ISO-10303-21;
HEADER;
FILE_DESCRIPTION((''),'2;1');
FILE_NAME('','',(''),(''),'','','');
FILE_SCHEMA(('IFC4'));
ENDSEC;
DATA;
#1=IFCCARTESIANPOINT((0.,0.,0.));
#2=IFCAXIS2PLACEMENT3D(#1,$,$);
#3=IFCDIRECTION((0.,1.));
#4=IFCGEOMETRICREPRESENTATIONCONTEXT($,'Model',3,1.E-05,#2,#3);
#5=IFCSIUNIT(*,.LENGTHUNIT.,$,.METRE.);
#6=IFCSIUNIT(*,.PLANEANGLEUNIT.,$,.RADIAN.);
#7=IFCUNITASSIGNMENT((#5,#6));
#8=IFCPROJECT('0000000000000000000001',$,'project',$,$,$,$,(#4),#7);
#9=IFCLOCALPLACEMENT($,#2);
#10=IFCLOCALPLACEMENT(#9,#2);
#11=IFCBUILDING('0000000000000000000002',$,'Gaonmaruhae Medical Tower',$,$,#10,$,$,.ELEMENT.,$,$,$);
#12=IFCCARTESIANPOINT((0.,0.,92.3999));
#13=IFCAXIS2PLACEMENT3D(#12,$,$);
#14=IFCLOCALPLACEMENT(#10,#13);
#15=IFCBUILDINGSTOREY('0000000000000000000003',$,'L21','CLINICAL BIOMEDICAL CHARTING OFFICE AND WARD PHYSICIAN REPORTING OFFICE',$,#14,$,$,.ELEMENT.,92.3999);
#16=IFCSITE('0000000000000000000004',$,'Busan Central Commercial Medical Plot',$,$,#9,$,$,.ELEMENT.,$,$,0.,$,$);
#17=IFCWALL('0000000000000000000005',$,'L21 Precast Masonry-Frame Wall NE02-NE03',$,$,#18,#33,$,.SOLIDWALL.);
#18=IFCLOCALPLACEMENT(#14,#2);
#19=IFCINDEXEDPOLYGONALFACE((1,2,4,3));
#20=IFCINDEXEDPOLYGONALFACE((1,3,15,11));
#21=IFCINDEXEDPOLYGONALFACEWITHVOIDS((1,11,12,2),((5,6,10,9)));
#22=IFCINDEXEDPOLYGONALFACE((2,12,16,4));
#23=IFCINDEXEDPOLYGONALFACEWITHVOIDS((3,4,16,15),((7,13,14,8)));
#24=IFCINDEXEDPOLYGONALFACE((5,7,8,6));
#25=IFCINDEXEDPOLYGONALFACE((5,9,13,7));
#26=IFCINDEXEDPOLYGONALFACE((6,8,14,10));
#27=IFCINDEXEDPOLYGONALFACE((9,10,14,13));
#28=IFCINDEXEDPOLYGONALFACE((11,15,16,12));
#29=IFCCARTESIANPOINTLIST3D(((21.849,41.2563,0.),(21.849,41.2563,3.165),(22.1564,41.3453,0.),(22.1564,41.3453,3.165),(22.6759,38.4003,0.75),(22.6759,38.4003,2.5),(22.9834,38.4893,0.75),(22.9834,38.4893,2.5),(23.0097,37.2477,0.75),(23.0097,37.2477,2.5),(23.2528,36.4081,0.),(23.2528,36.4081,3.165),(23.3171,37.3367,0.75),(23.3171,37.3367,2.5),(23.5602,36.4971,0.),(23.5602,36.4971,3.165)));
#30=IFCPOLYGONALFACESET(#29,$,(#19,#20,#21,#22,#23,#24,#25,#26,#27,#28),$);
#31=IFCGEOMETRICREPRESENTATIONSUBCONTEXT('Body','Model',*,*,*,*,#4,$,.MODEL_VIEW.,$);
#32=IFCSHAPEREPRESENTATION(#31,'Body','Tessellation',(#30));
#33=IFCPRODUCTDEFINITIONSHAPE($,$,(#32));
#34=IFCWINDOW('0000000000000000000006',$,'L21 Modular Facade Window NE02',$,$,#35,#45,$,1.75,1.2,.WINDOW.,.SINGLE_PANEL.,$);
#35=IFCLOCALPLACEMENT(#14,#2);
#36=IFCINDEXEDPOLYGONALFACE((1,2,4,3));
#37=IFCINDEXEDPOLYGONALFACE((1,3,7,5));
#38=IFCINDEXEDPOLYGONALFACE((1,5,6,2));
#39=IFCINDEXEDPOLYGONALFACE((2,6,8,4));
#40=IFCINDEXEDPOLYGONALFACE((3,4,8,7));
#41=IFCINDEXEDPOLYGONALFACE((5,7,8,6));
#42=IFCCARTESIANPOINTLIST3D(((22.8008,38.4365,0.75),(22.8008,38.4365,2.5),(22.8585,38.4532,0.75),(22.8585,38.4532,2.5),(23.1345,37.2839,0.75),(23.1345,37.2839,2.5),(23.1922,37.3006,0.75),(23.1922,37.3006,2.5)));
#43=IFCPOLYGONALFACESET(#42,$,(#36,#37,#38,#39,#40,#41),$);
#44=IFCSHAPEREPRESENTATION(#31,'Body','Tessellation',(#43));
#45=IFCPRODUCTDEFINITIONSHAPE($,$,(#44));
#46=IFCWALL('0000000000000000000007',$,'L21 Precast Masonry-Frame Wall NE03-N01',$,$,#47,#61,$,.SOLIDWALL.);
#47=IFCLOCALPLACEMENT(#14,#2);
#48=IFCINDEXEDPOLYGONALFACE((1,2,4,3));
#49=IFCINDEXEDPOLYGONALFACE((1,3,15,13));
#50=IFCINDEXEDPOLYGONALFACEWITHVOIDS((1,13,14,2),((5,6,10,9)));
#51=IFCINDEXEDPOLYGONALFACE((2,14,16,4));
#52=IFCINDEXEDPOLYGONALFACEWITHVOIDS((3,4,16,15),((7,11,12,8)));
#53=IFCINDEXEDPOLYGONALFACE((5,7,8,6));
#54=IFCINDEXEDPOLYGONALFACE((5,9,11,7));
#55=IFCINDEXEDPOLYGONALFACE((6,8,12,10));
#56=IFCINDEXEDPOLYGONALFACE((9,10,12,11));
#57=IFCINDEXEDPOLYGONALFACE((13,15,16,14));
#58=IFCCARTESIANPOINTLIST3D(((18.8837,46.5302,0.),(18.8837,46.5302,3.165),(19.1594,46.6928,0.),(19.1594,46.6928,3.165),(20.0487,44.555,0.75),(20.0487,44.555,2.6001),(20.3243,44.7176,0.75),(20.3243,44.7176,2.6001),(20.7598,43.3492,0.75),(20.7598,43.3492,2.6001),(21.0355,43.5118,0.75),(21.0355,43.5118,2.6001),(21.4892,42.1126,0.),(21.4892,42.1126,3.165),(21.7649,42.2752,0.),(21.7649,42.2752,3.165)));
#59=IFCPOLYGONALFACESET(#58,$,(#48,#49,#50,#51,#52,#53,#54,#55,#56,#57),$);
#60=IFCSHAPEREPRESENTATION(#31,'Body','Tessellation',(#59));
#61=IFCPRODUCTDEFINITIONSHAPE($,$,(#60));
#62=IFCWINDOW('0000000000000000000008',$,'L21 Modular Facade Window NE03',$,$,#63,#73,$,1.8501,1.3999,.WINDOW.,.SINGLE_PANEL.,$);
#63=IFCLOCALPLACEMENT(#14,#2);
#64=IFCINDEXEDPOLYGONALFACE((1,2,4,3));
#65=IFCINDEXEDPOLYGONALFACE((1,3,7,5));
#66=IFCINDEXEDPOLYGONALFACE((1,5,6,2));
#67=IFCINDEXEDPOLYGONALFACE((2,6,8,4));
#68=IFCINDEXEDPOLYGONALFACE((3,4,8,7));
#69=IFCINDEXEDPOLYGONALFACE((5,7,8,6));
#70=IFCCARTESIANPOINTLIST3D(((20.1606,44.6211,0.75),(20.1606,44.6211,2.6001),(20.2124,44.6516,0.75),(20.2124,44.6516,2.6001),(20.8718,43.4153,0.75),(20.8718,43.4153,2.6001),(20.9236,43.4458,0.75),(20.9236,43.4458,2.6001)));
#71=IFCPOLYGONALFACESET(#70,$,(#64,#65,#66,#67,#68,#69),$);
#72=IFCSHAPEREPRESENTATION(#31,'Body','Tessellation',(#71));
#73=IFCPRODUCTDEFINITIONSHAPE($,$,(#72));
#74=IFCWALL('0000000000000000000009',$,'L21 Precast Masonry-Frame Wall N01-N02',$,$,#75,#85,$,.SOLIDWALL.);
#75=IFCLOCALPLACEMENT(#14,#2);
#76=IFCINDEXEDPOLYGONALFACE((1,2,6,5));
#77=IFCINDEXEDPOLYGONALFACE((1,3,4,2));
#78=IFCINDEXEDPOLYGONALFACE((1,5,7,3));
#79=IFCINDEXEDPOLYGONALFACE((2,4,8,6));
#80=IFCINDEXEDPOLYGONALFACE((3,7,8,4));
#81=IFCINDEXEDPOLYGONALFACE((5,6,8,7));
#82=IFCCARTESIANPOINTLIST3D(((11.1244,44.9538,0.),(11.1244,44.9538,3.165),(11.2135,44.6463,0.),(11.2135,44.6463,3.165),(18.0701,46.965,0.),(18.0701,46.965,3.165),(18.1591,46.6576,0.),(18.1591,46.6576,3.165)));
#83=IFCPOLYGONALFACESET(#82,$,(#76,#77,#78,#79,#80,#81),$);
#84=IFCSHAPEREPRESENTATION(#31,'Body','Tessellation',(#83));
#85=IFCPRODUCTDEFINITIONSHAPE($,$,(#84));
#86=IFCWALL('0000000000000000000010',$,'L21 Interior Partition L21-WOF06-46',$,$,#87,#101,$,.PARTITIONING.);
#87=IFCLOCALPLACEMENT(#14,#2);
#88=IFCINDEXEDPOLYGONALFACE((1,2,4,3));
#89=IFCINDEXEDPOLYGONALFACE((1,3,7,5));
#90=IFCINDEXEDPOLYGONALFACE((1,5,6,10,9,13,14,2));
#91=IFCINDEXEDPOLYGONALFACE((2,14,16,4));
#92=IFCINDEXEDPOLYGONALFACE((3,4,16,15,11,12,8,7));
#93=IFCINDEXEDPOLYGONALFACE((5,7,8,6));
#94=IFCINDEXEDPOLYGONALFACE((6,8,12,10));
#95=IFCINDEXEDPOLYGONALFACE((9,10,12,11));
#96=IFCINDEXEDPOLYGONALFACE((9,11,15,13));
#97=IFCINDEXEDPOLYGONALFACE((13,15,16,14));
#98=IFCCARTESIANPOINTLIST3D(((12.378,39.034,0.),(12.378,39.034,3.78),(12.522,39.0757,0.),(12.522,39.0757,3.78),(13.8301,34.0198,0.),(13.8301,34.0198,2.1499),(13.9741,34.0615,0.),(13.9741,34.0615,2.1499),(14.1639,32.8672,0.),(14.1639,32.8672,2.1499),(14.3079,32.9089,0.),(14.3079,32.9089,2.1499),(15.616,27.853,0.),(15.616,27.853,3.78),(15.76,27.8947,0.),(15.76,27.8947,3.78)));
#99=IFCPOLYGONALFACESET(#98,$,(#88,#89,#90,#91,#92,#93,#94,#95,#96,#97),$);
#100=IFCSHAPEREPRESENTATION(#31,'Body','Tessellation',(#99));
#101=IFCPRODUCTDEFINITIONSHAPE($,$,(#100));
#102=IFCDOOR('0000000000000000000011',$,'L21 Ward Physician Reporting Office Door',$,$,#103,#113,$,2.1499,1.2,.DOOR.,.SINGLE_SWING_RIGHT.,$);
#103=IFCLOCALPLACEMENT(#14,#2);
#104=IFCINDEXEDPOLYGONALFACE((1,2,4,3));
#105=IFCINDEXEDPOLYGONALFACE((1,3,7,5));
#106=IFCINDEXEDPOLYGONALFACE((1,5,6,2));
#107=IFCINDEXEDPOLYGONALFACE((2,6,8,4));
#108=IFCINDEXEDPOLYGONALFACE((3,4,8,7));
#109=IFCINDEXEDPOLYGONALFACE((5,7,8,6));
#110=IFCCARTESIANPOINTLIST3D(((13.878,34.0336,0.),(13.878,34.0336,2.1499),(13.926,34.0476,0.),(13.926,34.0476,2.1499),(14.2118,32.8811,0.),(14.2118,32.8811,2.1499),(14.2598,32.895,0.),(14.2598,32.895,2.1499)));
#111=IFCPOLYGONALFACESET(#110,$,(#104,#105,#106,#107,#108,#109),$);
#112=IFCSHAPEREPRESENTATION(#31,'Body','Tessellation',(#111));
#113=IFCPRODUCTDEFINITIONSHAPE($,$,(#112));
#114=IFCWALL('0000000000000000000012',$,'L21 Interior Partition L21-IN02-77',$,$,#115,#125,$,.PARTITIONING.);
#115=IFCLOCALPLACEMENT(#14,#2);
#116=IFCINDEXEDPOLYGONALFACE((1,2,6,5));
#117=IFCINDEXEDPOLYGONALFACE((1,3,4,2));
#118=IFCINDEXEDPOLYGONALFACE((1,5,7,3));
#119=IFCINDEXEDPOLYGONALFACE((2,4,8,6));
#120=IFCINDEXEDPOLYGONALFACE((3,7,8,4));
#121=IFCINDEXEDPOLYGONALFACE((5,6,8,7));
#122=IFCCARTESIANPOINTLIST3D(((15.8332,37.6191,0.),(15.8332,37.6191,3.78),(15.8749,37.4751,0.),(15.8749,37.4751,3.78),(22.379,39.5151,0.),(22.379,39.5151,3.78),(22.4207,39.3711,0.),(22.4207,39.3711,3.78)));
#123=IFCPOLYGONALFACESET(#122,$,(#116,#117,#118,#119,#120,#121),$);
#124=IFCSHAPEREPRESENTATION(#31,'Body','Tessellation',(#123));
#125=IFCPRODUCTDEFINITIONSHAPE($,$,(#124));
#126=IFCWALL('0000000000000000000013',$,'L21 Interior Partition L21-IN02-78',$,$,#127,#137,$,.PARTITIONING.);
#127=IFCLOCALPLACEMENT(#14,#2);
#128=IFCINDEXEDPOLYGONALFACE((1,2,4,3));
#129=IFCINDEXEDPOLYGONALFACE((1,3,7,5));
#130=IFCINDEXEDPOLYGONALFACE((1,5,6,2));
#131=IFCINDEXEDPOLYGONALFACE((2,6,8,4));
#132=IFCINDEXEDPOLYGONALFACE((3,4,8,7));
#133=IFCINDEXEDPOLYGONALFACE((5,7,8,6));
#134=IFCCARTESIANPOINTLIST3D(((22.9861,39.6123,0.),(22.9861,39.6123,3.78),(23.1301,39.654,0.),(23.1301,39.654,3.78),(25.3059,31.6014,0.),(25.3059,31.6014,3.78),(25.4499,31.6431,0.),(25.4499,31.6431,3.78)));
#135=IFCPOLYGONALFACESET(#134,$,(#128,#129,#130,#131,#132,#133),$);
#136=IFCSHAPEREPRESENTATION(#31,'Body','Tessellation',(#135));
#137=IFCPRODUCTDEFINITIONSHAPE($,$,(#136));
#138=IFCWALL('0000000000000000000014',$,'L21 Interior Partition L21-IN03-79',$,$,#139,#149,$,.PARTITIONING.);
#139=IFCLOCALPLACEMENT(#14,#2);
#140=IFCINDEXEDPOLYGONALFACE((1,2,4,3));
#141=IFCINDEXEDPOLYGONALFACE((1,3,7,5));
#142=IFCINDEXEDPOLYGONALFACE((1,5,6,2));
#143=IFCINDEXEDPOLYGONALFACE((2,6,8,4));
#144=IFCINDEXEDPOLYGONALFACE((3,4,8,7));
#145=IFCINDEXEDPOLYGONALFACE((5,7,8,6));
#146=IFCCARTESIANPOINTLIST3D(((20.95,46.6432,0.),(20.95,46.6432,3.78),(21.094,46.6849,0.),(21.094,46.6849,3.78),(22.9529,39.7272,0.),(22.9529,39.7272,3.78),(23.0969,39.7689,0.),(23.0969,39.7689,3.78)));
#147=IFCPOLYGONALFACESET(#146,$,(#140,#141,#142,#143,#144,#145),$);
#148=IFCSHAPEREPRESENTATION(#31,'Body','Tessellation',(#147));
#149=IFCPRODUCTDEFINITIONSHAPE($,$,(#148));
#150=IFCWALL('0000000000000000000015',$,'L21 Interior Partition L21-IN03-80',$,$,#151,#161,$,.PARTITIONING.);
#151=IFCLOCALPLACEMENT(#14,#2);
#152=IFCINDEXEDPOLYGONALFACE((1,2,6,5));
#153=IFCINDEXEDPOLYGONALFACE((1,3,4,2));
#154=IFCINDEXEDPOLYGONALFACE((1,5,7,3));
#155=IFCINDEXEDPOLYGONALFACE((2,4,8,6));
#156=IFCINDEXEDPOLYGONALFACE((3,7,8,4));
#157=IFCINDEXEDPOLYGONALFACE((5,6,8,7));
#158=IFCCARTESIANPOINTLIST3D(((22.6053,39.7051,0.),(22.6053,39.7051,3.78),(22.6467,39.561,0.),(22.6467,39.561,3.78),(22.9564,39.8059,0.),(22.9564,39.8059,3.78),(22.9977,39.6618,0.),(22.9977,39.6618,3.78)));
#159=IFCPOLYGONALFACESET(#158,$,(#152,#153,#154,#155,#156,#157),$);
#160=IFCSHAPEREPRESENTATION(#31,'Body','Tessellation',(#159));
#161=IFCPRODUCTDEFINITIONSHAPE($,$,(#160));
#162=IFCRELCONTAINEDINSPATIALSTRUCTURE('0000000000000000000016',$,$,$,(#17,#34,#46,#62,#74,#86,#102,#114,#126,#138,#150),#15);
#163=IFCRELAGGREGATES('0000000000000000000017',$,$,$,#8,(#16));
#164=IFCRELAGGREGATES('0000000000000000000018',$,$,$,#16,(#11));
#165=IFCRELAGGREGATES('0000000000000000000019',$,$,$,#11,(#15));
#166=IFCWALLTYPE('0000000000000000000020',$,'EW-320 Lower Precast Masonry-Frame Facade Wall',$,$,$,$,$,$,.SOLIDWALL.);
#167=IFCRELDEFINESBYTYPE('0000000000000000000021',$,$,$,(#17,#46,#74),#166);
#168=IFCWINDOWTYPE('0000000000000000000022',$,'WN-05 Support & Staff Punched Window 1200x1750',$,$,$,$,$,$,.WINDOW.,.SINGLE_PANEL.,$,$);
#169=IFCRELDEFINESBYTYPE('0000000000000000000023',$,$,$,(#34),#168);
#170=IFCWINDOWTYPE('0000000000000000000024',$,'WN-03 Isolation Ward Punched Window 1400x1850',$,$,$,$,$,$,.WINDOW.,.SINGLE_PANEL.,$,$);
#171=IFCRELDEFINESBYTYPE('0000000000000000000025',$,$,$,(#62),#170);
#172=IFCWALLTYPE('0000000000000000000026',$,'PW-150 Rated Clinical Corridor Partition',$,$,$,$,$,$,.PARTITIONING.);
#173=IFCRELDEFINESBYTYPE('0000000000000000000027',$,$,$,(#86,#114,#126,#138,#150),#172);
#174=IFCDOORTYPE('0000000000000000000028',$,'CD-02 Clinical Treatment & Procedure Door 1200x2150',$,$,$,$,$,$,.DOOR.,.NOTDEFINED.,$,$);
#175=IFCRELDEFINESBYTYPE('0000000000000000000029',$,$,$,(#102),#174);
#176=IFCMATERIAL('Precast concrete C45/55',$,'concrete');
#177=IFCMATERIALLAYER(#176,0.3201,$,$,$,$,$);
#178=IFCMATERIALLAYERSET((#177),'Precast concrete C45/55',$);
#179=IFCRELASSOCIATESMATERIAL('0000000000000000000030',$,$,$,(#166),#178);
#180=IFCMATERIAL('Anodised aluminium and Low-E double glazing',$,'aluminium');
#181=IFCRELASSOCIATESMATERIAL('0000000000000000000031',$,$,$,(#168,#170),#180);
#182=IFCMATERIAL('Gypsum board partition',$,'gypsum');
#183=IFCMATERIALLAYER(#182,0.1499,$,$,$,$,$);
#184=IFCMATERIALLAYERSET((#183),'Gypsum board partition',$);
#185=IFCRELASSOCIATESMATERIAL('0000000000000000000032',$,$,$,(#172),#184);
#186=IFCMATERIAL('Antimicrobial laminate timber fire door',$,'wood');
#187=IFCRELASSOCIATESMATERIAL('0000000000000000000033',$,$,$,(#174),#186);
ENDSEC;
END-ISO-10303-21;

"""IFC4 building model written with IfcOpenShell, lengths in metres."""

from ifc_helpers import new_model, si_unit, direction, frame, frame_2d, origin, place, context, subcontext, project, spatial, rectangle, extrude, material, layer, layer_set, type_object, element, fill, save


model = new_model("IFC4")

# Units and contexts
model_context = context("Model", 3, precision=1e-05, world=origin(), true_north=direction((0.0, 1.0)))
body_context = subcontext(model_context, "Body", "Model", "MODEL_VIEW")
ifc_project = project(units=[si_unit("LENGTHUNIT", "METRE"), si_unit("PLANEANGLEUNIT", "RADIAN")], contexts=[model_context])

# Site, building, storey
site_placement = place(None, origin())
site = spatial("IfcSite", under=ifc_project, at=site_placement, Name="Busan Central Commercial Medical Plot", CompositionType="ELEMENT", RefElevation=0.0)
building_placement = place(site_placement, origin())
building = spatial("IfcBuilding", under=site, at=building_placement, Name="Gaonmaruhae Medical Tower", CompositionType="ELEMENT")
storey_placement = place(building_placement, frame((0.0, 0.0, 92.3999)))
storey = spatial("IfcBuildingStorey", under=building, at=storey_placement, Name="L21", Description="CLINICAL BIOMEDICAL CHARTING OFFICE AND WARD PHYSICIAN REPORTING OFFICE", CompositionType="ELEMENT", Elevation=92.3999)

# Walls, openings, windows
ifc_material_1 = material(Name="Precast concrete C45/55", Category="concrete")
ifc_layer_1 = layer(ifc_material_1, 0.3201)
ifc_layer_set_1 = layer_set([ifc_layer_1], Name="Precast concrete C45/55")
wall_type_1 = type_object("IfcWallType", Name="EW-320 Lower Precast Masonry-Frame Facade Wall", PredefinedType="SOLIDWALL", material=ifc_layer_set_1)
wall_1_placement = place(storey_placement, frame((22.0027, 41.3008, 0.0), z_axis=(0.0, 0.0, 1.0), x_axis=(0.278131, -0.960543, 0.0)))
wall_1 = element("IfcWall", 1, at=wall_1_placement, inside=storey, type_object=wall_type_1, Name="L21 Precast Masonry-Frame Wall NE02-NE03", PredefinedType="SOLIDWALL", context=body_context, shape_type="SweptSolid", body=[
    extrude(rectangle(XDim=5.0474, YDim=0.3201, at=frame_2d((2.5237, 0.0))), origin(), (0.0, 0.0, 1.0), 3.165),
])
opening_1_placement = place(wall_1_placement, frame((2.9731, 0.0, 0.75)))
opening_1 = element("IfcOpeningElement", 2, at=opening_1_placement, cuts=wall_1, PredefinedType="OPENING", context=body_context, shape_type="SweptSolid", body=[
    extrude(rectangle(XDim=1.2, YDim=1.75, at=frame_2d((0.6001, 0.875))), frame((0.0, 0.1699, 0.0), z_axis=(0.0, -1.0, 0.0), x_axis=(1.0, 0.0, 0.0)), (0.0, 0.0, 1.0), 0.3401),
])
ifc_material_2 = material(Name="Anodised aluminium and Low-E double glazing", Category="aluminium")
window_type_1 = type_object("IfcWindowType", Name="WN-05 Support & Staff Punched Window 1200x1750", PartitioningType="SINGLE_PANEL", PredefinedType="WINDOW", material=ifc_material_2)
window_1_placement = place(opening_1_placement, origin())
window_1 = element("IfcWindow", 3, at=window_1_placement, inside=storey, type_object=window_type_1, Name="L21 Modular Facade Window NE02", OverallHeight=1.75, OverallWidth=1.2, PartitioningType="SINGLE_PANEL", PredefinedType="WINDOW", context=body_context, shape_type="SweptSolid", body=[
    extrude(rectangle(XDim=1.2, YDim=1.75, at=frame_2d((0.6001, 0.875))), frame((0.0, 0.03, 0.0), z_axis=(0.0, -1.0, 0.0), x_axis=(1.0, 0.0, 0.0)), (0.0, 0.0, 1.0), 0.0601),
])
fill(opening_1, window_1)
wall_2_placement = place(storey_placement, frame((19.0215, 46.6116, 0.0), z_axis=(0.0, 0.0, 1.0), x_axis=(0.508027, -0.861341, 0.0)))
wall_2 = element("IfcWall", 4, at=wall_2_placement, inside=storey, type_object=wall_type_1, Name="L21 Precast Masonry-Frame Wall NE03-N01", PredefinedType="SOLIDWALL", context=body_context, shape_type="SweptSolid", body=[
    extrude(rectangle(XDim=5.1287, YDim=0.3201, at=frame_2d((2.5645, 0.0))), origin(), (0.0, 0.0, 1.0), 3.165),
])
opening_2_placement = place(wall_2_placement, frame((2.2932, 0.0, 0.75)))
opening_2 = element("IfcOpeningElement", 5, at=opening_2_placement, cuts=wall_2, PredefinedType="OPENING", context=body_context, shape_type="SweptSolid", body=[
    extrude(rectangle(XDim=1.3999, YDim=1.8501, at=frame_2d((0.7, 0.925))), frame((0.0, 0.1699, 0.0), z_axis=(0.0, -1.0, 0.0), x_axis=(1.0, 0.0, 0.0)), (0.0, 0.0, 1.0), 0.3401),
])
window_type_2 = type_object("IfcWindowType", Name="WN-03 Isolation Ward Punched Window 1400x1850", PartitioningType="SINGLE_PANEL", PredefinedType="WINDOW", material=ifc_material_2)
window_2_placement = place(opening_2_placement, origin())
window_2 = element("IfcWindow", 6, at=window_2_placement, inside=storey, type_object=window_type_2, Name="L21 Modular Facade Window NE03", OverallHeight=1.8501, OverallWidth=1.3999, PartitioningType="SINGLE_PANEL", PredefinedType="WINDOW", context=body_context, shape_type="SweptSolid", body=[
    extrude(rectangle(XDim=1.3999, YDim=1.8501, at=frame_2d((0.7, 0.925))), frame((0.0, 0.03, 0.0), z_axis=(0.0, -1.0, 0.0), x_axis=(1.0, 0.0, 0.0)), (0.0, 0.0, 1.0), 0.0601),
])
fill(opening_2, window_2)

# Wall
wall_3_placement = place(storey_placement, frame((11.1689, 44.8, 0.0), z_axis=(0.0, 0.0, 1.0), x_axis=(0.960539, 0.278144, 0.0)))
element("IfcWall", 7, at=wall_3_placement, inside=storey, type_object=wall_type_1, Name="L21 Precast Masonry-Frame Wall N01-N02", PredefinedType="SOLIDWALL", context=body_context, shape_type="SweptSolid", body=[
    extrude(rectangle(XDim=7.231, YDim=0.3201, at=frame_2d((3.6155, 0.0))), origin(), (0.0, 0.0, 1.0), 3.165),
])

# Wall, opening, door
ifc_material_3 = material(Name="Gypsum board partition", Category="gypsum")
ifc_layer_2 = layer(ifc_material_3, 0.1499)
ifc_layer_set_2 = layer_set([ifc_layer_2], Name="Gypsum board partition")
wall_type_2 = type_object("IfcWallType", Name="PW-150 Rated Clinical Corridor Partition", PredefinedType="PARTITIONING", material=ifc_layer_set_2)
wall_4_placement = place(storey_placement, frame((12.45, 39.0549, 0.0), z_axis=(0.0, 0.0, 1.0), x_axis=(0.278174, -0.960531, 0.0)))
wall_4 = element("IfcWall", 8, at=wall_4_placement, inside=storey, type_object=wall_type_2, Name="L21 Interior Partition L21-WOF06-46", PredefinedType="PARTITIONING", context=body_context, shape_type="SweptSolid", body=[
    extrude(rectangle(XDim=11.6404, YDim=0.1499, at=frame_2d((5.8203, 0.0))), origin(), (0.0, 0.0, 1.0), 3.78),
])
opening_3_placement = place(wall_4_placement, frame((5.2202, 0.0, 0.0)))
opening_3 = element("IfcOpeningElement", 9, at=opening_3_placement, cuts=wall_4, PredefinedType="OPENING", context=body_context, shape_type="SweptSolid", body=[
    extrude(rectangle(XDim=1.2, YDim=2.1499, at=frame_2d((0.6001, 1.075))), frame((0.0, 0.085, 0.0), z_axis=(0.0, -1.0, 0.0), x_axis=(1.0, 0.0, 0.0)), (0.0, 0.0, 1.0), 0.1699),
])
ifc_material_4 = material(Name="Antimicrobial laminate timber fire door", Category="wood")
door_type_1 = type_object("IfcDoorType", Name="CD-02 Clinical Treatment & Procedure Door 1200x2150", OperationType="NOTDEFINED", PredefinedType="DOOR", material=ifc_material_4)
door_1_placement = place(opening_3_placement, origin())
door_1 = element("IfcDoor", 10, at=door_1_placement, inside=storey, type_object=door_type_1, Name="L21 Ward Physician Reporting Office Door", OperationType="SINGLE_SWING_RIGHT", OverallHeight=2.1499, OverallWidth=1.2, PredefinedType="DOOR", context=body_context, shape_type="SweptSolid", body=[
    extrude(rectangle(XDim=1.2, YDim=2.1499, at=frame_2d((0.6001, 1.075))), frame((0.0, 0.0249, 0.0), z_axis=(0.0, -1.0, 0.0), x_axis=(1.0, 0.0, 0.0)), (0.0, 0.0, 1.0), 0.05),
])
fill(opening_3, door_1)

# Walls
wall_5_placement = place(storey_placement, frame((15.854, 37.5471, 0.0), z_axis=(0.0, 0.0, 1.0), x_axis=(0.96052, 0.278211, 0.0)))
element("IfcWall", 11, at=wall_5_placement, inside=storey, type_object=wall_type_2, Name="L21 Interior Partition L21-IN02-77", PredefinedType="PARTITIONING", context=body_context, shape_type="SweptSolid", body=[
    extrude(rectangle(XDim=6.8149, YDim=0.1499, at=frame_2d((3.4075, 0.0))), origin(), (0.0, 0.0, 1.0), 3.78),
])
wall_6_placement = place(storey_placement, frame((23.0581, 39.6331, 0.0), z_axis=(0.0, 0.0, 1.0), x_axis=(0.278153, -0.960537, 0.0)))
element("IfcWall", 12, at=wall_6_placement, inside=storey, type_object=wall_type_2, Name="L21 Interior Partition L21-IN02-78", PredefinedType="PARTITIONING", context=body_context, shape_type="SweptSolid", body=[
    extrude(rectangle(XDim=8.3401, YDim=0.1499, at=frame_2d((4.1699, 0.0))), origin(), (0.0, 0.0, 1.0), 3.78),
])
wall_7_placement = place(storey_placement, frame((21.022, 46.6641, 0.0), z_axis=(0.0, 0.0, 1.0), x_axis=(0.278177, -0.96053, 0.0)))
element("IfcWall", 13, at=wall_7_placement, inside=storey, type_object=wall_type_2, Name="L21 Interior Partition L21-IN03-79", PredefinedType="PARTITIONING", context=body_context, shape_type="SweptSolid", body=[
    extrude(rectangle(XDim=7.2002, YDim=0.1499, at=frame_2d((3.6001, 0.0))), origin(), (0.0, 0.0, 1.0), 3.78),
])
wall_8_placement = place(storey_placement, frame((22.9771, 39.7339, 0.0), z_axis=(0.0, 0.0, 1.0), x_axis=(-0.961145, -0.276045, 0.0)))
element("IfcWall", 14, at=wall_8_placement, inside=storey, type_object=wall_type_2, Name="L21 Interior Partition L21-IN03-80", PredefinedType="PARTITIONING", context=body_context, shape_type="SweptSolid", body=[
    extrude(rectangle(XDim=0.3652, YDim=0.1499, at=frame_2d((0.1826, 0.0))), origin(), (0.0, 0.0, 1.0), 3.78),
])

save(model, "model.ifc")
